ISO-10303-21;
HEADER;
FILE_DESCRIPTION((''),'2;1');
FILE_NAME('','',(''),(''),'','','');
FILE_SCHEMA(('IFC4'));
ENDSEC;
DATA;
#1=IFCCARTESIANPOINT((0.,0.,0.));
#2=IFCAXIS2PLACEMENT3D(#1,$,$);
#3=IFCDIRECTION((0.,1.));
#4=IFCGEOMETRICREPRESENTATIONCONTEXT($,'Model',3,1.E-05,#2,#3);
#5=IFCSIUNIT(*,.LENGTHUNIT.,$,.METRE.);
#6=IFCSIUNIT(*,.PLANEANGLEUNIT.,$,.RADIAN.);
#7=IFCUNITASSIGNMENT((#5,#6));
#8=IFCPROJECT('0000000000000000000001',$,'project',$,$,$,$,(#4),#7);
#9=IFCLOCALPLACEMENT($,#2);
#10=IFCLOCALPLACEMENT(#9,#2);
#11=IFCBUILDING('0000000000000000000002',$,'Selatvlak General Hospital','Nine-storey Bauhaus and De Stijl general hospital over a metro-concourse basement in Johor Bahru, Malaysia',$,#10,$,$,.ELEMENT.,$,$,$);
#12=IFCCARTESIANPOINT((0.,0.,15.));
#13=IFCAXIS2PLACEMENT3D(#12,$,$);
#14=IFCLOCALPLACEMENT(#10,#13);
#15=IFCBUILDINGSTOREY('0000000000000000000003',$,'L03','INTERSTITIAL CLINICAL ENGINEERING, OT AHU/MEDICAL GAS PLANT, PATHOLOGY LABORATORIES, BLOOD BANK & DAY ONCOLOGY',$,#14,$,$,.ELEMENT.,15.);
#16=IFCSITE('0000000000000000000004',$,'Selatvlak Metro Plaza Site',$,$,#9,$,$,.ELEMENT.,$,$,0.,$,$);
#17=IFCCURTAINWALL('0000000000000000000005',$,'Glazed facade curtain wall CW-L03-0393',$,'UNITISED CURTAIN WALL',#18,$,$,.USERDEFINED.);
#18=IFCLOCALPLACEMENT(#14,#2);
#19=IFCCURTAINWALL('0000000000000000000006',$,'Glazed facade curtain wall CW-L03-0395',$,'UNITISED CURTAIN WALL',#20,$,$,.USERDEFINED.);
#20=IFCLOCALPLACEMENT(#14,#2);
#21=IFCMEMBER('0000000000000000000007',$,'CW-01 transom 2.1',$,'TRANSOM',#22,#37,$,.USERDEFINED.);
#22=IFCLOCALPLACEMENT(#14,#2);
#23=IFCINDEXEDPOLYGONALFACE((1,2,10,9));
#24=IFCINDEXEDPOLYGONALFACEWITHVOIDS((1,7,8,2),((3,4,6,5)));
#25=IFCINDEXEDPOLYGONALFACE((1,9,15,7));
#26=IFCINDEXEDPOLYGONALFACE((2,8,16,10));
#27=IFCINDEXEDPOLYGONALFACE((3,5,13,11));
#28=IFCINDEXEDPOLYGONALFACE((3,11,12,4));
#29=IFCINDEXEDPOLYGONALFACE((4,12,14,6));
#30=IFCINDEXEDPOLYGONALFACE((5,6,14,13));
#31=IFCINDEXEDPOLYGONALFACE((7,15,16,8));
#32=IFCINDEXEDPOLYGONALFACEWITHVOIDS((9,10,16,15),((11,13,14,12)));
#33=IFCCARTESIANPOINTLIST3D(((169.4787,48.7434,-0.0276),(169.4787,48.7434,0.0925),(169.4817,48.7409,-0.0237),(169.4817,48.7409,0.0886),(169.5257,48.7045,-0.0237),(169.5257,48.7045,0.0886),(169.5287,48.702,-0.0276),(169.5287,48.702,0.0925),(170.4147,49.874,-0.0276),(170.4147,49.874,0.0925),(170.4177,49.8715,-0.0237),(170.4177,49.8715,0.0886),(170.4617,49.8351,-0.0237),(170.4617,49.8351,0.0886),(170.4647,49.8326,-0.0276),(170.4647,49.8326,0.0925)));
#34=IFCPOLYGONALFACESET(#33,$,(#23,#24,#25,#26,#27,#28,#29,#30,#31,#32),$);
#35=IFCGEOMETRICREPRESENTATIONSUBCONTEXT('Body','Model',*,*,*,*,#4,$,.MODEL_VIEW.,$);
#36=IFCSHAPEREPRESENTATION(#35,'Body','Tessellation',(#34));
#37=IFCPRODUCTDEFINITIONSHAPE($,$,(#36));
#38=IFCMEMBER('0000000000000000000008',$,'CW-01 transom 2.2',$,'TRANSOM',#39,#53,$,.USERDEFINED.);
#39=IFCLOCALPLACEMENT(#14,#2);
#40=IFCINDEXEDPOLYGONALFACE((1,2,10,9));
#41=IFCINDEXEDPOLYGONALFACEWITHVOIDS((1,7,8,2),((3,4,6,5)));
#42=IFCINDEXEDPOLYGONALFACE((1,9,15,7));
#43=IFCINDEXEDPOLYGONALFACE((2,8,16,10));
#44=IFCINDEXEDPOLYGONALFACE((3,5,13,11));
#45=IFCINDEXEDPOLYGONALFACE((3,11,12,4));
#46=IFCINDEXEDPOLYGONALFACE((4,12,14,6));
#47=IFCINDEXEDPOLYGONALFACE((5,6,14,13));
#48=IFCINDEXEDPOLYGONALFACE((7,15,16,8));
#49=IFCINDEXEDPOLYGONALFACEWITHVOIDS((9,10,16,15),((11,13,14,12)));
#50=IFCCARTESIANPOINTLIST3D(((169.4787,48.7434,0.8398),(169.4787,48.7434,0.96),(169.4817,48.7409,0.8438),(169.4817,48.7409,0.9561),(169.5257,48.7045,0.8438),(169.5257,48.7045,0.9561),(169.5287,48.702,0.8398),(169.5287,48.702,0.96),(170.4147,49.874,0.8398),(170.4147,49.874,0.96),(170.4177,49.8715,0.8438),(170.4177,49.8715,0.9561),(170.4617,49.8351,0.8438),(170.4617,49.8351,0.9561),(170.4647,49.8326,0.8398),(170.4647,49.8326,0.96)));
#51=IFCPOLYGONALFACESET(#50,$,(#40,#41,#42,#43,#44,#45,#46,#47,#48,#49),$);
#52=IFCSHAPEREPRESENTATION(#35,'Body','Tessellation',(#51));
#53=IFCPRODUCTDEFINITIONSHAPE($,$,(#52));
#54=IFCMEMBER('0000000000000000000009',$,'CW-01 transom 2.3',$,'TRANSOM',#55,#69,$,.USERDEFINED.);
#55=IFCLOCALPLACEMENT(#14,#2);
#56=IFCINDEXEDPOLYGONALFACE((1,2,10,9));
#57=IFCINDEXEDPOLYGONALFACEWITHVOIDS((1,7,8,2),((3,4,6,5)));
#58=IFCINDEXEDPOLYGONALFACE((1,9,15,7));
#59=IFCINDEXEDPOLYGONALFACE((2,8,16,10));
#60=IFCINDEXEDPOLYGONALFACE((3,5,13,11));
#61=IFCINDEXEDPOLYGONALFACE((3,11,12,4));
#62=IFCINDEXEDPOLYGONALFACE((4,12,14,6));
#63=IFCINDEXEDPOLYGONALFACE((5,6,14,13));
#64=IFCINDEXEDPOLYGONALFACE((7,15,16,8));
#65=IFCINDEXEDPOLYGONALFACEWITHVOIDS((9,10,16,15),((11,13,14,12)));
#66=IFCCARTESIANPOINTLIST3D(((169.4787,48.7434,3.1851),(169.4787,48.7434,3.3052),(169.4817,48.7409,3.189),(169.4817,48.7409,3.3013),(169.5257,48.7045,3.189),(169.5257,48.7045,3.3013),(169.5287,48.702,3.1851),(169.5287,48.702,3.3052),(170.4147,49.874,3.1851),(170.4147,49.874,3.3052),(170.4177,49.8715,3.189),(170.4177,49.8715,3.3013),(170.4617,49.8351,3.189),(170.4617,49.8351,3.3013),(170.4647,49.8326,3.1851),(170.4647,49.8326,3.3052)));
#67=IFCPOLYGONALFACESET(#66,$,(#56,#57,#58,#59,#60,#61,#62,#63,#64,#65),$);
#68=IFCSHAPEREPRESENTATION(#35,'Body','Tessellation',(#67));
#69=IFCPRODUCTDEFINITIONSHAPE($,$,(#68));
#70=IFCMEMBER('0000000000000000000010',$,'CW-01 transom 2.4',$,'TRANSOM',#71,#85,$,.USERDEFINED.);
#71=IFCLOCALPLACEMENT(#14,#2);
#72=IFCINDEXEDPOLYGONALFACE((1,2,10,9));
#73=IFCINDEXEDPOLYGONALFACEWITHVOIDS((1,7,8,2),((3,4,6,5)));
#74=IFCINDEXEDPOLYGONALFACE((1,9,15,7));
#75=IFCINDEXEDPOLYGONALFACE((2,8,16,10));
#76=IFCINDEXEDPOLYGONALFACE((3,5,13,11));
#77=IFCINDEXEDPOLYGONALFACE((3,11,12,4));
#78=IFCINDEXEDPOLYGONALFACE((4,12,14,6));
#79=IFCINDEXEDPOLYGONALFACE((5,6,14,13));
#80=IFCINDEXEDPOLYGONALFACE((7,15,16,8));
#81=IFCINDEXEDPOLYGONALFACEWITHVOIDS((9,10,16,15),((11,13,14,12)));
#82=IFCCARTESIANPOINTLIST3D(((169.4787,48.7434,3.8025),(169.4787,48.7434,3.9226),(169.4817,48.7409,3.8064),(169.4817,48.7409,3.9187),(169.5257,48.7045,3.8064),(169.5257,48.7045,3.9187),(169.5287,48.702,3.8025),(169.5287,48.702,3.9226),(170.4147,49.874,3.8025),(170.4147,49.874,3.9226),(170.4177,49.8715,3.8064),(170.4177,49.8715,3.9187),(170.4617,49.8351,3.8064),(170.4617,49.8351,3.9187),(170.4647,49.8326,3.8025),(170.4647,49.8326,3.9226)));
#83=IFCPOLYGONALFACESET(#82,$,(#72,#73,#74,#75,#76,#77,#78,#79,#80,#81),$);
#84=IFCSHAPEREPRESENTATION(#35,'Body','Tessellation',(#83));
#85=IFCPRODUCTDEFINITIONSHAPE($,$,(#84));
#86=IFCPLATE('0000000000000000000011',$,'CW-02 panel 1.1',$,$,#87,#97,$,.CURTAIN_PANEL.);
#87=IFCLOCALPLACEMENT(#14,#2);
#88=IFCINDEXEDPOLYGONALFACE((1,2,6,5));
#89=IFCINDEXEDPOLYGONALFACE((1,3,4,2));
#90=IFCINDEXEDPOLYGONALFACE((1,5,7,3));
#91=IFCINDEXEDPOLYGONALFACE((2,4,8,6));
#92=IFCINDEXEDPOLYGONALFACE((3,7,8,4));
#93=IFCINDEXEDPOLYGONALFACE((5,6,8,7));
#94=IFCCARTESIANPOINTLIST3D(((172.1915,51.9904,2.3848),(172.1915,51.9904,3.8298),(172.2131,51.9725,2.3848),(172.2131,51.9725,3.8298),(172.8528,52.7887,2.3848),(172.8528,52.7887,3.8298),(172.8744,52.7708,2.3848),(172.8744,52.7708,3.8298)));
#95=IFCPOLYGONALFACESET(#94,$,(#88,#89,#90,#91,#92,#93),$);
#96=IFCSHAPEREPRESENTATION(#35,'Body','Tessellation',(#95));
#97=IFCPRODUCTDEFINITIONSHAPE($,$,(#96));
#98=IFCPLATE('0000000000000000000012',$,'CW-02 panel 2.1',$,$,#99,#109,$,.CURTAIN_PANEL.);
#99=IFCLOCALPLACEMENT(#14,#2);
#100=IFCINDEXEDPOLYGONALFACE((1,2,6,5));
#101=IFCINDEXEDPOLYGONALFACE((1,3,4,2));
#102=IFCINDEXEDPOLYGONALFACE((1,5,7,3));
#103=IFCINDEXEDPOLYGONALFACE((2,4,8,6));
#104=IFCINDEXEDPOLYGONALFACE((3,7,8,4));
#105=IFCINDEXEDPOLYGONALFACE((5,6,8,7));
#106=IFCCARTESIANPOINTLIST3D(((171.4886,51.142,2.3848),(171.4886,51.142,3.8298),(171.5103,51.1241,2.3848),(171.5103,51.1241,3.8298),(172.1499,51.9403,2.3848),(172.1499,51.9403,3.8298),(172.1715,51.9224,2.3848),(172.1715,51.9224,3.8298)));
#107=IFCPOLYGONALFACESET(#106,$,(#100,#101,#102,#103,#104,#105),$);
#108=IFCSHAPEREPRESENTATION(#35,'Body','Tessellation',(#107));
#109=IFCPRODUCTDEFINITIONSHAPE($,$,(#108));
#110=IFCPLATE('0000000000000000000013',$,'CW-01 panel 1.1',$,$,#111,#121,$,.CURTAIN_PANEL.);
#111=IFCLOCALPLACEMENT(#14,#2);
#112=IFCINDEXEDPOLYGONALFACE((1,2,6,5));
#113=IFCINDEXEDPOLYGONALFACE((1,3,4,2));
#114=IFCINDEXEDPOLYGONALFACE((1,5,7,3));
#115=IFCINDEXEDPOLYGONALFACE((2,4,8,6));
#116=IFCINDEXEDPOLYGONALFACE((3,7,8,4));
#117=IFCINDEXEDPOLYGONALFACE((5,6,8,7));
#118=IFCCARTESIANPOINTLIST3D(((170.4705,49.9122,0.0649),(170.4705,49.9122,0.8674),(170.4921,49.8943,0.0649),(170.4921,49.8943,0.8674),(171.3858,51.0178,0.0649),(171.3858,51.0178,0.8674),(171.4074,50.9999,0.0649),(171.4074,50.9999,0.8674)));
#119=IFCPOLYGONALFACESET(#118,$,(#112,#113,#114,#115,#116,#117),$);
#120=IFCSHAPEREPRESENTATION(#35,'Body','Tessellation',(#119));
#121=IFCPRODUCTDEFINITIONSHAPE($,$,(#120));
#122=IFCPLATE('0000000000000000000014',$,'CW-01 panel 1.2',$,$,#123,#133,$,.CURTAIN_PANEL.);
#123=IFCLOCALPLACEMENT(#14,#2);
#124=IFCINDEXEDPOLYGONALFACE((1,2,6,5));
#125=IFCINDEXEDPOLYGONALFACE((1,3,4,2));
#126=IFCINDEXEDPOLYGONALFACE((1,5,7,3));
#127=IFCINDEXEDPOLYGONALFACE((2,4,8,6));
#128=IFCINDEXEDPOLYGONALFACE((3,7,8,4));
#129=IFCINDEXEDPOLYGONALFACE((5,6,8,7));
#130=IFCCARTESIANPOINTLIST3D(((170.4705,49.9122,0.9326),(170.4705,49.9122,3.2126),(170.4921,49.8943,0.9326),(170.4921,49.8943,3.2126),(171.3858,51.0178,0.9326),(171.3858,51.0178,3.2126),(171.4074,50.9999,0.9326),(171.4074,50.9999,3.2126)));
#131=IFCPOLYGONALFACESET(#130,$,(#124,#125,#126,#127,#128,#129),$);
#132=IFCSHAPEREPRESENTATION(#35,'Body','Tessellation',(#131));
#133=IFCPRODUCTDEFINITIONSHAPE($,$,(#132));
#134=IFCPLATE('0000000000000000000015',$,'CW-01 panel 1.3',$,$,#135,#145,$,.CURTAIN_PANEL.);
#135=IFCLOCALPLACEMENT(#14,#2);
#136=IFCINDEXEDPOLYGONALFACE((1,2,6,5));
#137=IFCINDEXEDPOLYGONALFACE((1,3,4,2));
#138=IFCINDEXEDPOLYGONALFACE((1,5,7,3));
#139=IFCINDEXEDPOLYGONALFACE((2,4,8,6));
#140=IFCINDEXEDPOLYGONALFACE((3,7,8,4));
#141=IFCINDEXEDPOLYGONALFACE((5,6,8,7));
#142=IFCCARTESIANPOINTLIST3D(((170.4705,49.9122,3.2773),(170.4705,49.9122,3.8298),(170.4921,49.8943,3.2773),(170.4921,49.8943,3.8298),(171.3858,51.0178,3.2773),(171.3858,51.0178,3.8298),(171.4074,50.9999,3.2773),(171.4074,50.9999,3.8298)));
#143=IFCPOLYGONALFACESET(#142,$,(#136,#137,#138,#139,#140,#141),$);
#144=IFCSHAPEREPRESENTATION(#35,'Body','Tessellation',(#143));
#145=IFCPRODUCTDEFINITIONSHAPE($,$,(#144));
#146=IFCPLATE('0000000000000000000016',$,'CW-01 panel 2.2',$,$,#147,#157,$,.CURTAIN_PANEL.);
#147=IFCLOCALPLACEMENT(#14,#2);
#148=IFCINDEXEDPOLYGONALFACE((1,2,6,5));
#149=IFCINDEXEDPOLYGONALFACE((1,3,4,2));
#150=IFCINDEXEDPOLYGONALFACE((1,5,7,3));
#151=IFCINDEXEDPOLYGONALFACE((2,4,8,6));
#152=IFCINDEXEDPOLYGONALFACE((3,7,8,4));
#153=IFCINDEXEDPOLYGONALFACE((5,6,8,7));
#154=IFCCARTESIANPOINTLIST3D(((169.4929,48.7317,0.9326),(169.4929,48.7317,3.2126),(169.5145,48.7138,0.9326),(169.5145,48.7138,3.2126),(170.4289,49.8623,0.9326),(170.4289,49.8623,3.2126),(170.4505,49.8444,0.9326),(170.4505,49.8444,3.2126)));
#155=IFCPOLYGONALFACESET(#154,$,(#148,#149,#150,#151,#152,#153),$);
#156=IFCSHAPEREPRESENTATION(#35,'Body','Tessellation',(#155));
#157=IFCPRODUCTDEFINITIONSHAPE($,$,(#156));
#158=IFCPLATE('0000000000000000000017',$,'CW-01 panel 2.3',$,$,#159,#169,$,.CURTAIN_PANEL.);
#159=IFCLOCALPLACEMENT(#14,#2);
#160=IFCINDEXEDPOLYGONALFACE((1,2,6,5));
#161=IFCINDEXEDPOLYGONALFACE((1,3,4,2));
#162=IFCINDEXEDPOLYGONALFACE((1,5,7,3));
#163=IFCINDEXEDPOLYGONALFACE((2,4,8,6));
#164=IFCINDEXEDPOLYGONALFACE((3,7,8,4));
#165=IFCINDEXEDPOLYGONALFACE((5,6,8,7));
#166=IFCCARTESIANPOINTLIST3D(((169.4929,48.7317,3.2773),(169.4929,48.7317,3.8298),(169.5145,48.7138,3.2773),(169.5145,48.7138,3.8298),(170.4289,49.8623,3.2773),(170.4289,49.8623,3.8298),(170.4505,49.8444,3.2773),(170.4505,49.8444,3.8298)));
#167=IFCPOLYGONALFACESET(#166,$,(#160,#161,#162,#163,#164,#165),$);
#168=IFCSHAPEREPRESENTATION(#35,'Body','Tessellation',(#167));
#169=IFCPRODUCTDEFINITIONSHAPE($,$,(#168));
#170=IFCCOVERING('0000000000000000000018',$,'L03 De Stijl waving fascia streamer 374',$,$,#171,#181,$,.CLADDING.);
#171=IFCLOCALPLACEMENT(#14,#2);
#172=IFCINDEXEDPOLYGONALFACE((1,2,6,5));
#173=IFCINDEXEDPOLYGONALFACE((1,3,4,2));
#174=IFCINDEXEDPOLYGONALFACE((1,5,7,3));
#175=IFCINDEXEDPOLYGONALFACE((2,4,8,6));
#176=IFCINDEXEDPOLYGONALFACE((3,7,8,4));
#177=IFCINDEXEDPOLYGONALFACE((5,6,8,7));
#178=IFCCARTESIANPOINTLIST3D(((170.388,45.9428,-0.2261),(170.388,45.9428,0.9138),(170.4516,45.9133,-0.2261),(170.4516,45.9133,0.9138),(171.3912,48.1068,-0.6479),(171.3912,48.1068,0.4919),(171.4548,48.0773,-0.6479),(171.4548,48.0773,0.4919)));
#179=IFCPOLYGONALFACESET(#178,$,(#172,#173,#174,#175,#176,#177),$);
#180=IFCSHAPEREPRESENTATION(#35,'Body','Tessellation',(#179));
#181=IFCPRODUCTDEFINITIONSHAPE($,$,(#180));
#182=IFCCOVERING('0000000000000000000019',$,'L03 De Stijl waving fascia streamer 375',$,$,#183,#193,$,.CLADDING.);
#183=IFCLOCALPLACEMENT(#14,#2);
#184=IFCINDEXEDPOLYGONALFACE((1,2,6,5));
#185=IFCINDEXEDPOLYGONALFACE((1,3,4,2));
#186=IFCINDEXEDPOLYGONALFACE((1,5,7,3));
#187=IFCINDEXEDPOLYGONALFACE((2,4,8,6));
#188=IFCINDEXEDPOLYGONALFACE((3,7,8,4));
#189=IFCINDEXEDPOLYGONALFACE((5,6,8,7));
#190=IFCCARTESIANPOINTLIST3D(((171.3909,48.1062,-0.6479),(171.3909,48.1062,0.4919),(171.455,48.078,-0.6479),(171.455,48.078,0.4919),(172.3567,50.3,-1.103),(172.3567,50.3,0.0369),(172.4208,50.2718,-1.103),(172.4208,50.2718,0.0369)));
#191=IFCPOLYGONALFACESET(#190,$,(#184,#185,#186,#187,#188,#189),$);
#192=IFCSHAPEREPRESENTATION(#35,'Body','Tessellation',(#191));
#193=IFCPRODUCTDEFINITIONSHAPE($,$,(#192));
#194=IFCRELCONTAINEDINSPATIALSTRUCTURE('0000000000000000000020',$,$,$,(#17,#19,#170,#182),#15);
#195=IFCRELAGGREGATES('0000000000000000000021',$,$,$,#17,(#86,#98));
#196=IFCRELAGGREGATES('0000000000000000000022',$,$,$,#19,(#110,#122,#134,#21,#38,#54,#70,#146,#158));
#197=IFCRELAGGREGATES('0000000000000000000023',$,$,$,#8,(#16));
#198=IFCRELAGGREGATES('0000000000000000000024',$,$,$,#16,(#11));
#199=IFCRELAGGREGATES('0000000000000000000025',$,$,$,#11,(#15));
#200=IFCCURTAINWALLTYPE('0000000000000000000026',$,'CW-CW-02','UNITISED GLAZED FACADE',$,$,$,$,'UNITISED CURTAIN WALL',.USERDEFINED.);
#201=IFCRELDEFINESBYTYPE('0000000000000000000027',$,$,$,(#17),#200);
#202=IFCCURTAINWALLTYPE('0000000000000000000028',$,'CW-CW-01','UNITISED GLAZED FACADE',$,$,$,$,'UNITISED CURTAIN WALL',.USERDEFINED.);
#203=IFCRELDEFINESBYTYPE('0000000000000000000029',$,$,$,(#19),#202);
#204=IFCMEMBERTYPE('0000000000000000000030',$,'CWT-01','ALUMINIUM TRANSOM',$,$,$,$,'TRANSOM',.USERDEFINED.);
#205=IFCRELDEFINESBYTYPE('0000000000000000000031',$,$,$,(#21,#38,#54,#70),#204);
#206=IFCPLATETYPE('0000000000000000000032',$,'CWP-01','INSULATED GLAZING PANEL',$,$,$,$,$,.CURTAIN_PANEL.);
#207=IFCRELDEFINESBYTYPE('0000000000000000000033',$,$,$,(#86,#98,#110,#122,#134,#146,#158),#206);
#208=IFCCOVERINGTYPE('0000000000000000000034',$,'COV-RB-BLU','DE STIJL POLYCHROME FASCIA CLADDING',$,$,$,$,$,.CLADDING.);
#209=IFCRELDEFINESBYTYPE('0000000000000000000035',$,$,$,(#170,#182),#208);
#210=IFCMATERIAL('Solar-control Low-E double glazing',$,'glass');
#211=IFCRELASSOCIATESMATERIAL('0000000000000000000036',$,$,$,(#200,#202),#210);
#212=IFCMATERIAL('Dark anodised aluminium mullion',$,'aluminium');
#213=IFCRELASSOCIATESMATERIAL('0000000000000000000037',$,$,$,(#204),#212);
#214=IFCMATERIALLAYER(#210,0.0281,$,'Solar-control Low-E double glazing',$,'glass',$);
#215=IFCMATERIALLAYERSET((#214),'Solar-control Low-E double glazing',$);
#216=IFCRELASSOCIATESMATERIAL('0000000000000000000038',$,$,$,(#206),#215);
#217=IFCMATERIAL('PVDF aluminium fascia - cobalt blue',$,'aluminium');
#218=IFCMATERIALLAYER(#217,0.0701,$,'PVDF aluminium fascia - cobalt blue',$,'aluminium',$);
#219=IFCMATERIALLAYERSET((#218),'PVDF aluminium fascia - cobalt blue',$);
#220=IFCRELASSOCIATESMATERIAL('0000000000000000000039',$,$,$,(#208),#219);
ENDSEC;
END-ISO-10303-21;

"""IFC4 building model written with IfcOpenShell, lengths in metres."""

from ifc_helpers import new_model, si_unit, direction, frame, origin, origin_2d, place, context, subcontext, project, spatial, polyline, rectangle, hollow_rectangle, outline, extrude, material, layer, layer_set, material_profile, profile_set, type_object, element, aggregate, save


model = new_model("IFC4")

# Units and contexts
model_context = context("Model", 3, precision=1e-05, world=origin(), true_north=direction((0.0, 1.0)))
body_context = subcontext(model_context, "Body", "Model", "MODEL_VIEW")
ifc_project = project(units=[si_unit("LENGTHUNIT", "METRE"), si_unit("PLANEANGLEUNIT", "RADIAN")], contexts=[model_context])

# Site, building, storey
site_placement = place(None, origin())
site = spatial("IfcSite", under=ifc_project, at=site_placement, Name="Selatvlak Metro Plaza Site", CompositionType="ELEMENT", RefElevation=0.0)
building_placement = place(site_placement, origin())
building = spatial("IfcBuilding", under=site, at=building_placement, Name="Selatvlak General Hospital", Description="Nine-storey Bauhaus and De Stijl general hospital over a metro-concourse basement in Johor Bahru, Malaysia", CompositionType="ELEMENT")
storey_placement = place(building_placement, frame((0.0, 0.0, 15.0)))
storey = spatial("IfcBuildingStorey", under=building, at=storey_placement, Name="L03", Description="INTERSTITIAL CLINICAL ENGINEERING, OT AHU/MEDICAL GAS PLANT, PATHOLOGY LABORATORIES, BLOOD BANK & DAY ONCOLOGY", CompositionType="ELEMENT", Elevation=15.0)

# Curtain walls
ifc_material_1 = material(Name="Solar-control Low-E double glazing", Category="glass")
curtain_wall_type_1 = type_object("IfcCurtainWallType", Name="CW-CW-02", Description="UNITISED GLAZED FACADE", ElementType="UNITISED CURTAIN WALL", PredefinedType="USERDEFINED", material=ifc_material_1)
curtain_wall_1_placement = place(storey_placement, origin())
curtain_wall_1 = element("IfcCurtainWall", 1, at=curtain_wall_1_placement, inside=storey, type_object=curtain_wall_type_1, Name="Glazed facade curtain wall CW-L03-0393", ObjectType="UNITISED CURTAIN WALL", PredefinedType="USERDEFINED")
ifc_material_2 = material(Name="Dark anodised aluminium mullion", Category="aluminium")
curtain_wall_type_2 = type_object("IfcCurtainWallType", Name="CW-CW-01", Description="UNITISED GLAZED FACADE", ElementType="UNITISED CURTAIN WALL", PredefinedType="USERDEFINED", material=ifc_material_1)
curtain_wall_2_placement = place(storey_placement, origin())
curtain_wall_2 = element("IfcCurtainWall", 2, at=curtain_wall_2_placement, inside=storey, type_object=curtain_wall_type_2, Name="Glazed facade curtain wall CW-L03-0395", ObjectType="UNITISED CURTAIN WALL", PredefinedType="USERDEFINED")

# Members
ifc_material_profile_1 = material_profile(ifc_material_2, hollow_rectangle(XDim=0.0649, YDim=0.1201, WallThickness=0.0039, at=origin_2d()), Name="AL-TRN 65x120x4")
ifc_profile_set_1 = profile_set([ifc_material_profile_1], Name="Dark anodised aluminium mullion")
member_type_1 = type_object("IfcMemberType", Name="CWT-01", Description="ALUMINIUM TRANSOM", ElementType="TRANSOM", PredefinedType="USERDEFINED", material=ifc_profile_set_1)
member_1_placement = place(storey_placement, frame((170.4397, 49.8533, 0.0325), z_axis=(-0.637711, -0.770276, 0.0), x_axis=(0.770276, -0.637711, 0.0)))
member_1 = element("IfcMember", 3, at=member_1_placement, type_object=member_type_1, Name="CW-01 transom 2.1", ObjectType="TRANSOM", PredefinedType="USERDEFINED", context=body_context, shape_type="SweptSolid", body=[
    extrude(hollow_rectangle(XDim=0.0649, YDim=0.1201, WallThickness=0.0039, at=origin_2d()), origin(), (0.0, 0.0, 1.0), 1.4678),
])
member_2_placement = place(storey_placement, frame((170.4397, 49.8533, 0.8999), z_axis=(-0.637711, -0.770276, 0.0), x_axis=(0.770276, -0.637711, 0.0)))
member_2 = element("IfcMember", 4, at=member_2_placement, type_object=member_type_1, Name="CW-01 transom 2.2", ObjectType="TRANSOM", PredefinedType="USERDEFINED", context=body_context, shape_type="SweptSolid", body=[
    extrude(hollow_rectangle(XDim=0.0649, YDim=0.1201, WallThickness=0.0039, at=origin_2d()), origin(), (0.0, 0.0, 1.0), 1.4678),
])
member_3_placement = place(storey_placement, frame((170.4397, 49.8533, 3.2451), z_axis=(-0.637711, -0.770276, 0.0), x_axis=(0.770276, -0.637711, 0.0)))
member_3 = element("IfcMember", 5, at=member_3_placement, type_object=member_type_1, Name="CW-01 transom 2.3", ObjectType="TRANSOM", PredefinedType="USERDEFINED", context=body_context, shape_type="SweptSolid", body=[
    extrude(hollow_rectangle(XDim=0.0649, YDim=0.1201, WallThickness=0.0039, at=origin_2d()), origin(), (0.0, 0.0, 1.0), 1.4678),
])
member_4_placement = place(storey_placement, frame((170.4397, 49.8533, 3.8625), z_axis=(-0.637711, -0.770276, 0.0), x_axis=(0.770276, -0.637711, 0.0)))
member_4 = element("IfcMember", 6, at=member_4_placement, type_object=member_type_1, Name="CW-01 transom 2.4", ObjectType="TRANSOM", PredefinedType="USERDEFINED", context=body_context, shape_type="SweptSolid", body=[
    extrude(hollow_rectangle(XDim=0.0649, YDim=0.1201, WallThickness=0.0039, at=origin_2d()), origin(), (0.0, 0.0, 1.0), 1.4678),
])

# Plates
ifc_layer_1 = layer(ifc_material_1, 0.0281, Name="Solar-control Low-E double glazing", Category="glass")
ifc_layer_set_1 = layer_set([ifc_layer_1], Name="Solar-control Low-E double glazing")
plate_type = type_object("IfcPlateType", Name="CWP-01", Description="INSULATED GLAZING PANEL", PredefinedType="CURTAIN_PANEL", material=ifc_layer_set_1)
plate_1_placement = place(storey_placement, frame((172.533, 52.3806, 2.3848), z_axis=(0.0, 0.0, 1.0), x_axis=(-0.637883, -0.770133, 0.0)))
plate_1 = element("IfcPlate", 7, at=plate_1_placement, type_object=plate_type, Name="CW-02 panel 1.1", PredefinedType="CURTAIN_PANEL", context=body_context, shape_type="SweptSolid", body=[
    extrude(rectangle(XDim=1.0366, YDim=0.0281, at=origin_2d()), origin(), (0.0, 0.0, 1.0), 1.4451),
])
plate_2_placement = place(storey_placement, frame((171.8301, 51.5322, 2.3848), z_axis=(0.0, 0.0, 1.0), x_axis=(-0.637883, -0.770133, 0.0)))
plate_2 = element("IfcPlate", 8, at=plate_2_placement, type_object=plate_type, Name="CW-02 panel 2.1", PredefinedType="CURTAIN_PANEL", context=body_context, shape_type="SweptSolid", body=[
    extrude(rectangle(XDim=1.0366, YDim=0.0281, at=origin_2d()), origin(), (0.0, 0.0, 1.0), 1.4451),
])
aggregate(curtain_wall_1, [plate_1, plate_2])
plate_3_placement = place(storey_placement, frame((170.939, 50.4561, 0.0649), z_axis=(0.0, 0.0, 1.0), x_axis=(-0.637721, -0.770267, 0.0)))
plate_3 = element("IfcPlate", 9, at=plate_3_placement, type_object=plate_type, Name="CW-01 panel 1.1", PredefinedType="CURTAIN_PANEL", context=body_context, shape_type="SweptSolid", body=[
    extrude(rectangle(XDim=1.4353, YDim=0.0281, at=origin_2d()), origin(), (0.0, 0.0, 1.0), 0.8025),
])
plate_4_placement = place(storey_placement, frame((170.939, 50.4561, 0.9326), z_axis=(0.0, 0.0, 1.0), x_axis=(-0.637721, -0.770267, 0.0)))
plate_4 = element("IfcPlate", 10, at=plate_4_placement, type_object=plate_type, Name="CW-01 panel 1.2", PredefinedType="CURTAIN_PANEL", context=body_context, shape_type="SweptSolid", body=[
    extrude(rectangle(XDim=1.4353, YDim=0.0281, at=origin_2d()), origin(), (0.0, 0.0, 1.0), 2.28),
])
plate_5_placement = place(storey_placement, frame((170.939, 50.4561, 3.2773), z_axis=(0.0, 0.0, 1.0), x_axis=(-0.637721, -0.770267, 0.0)))
plate_5 = element("IfcPlate", 11, at=plate_5_placement, type_object=plate_type, Name="CW-01 panel 1.3", PredefinedType="CURTAIN_PANEL", context=body_context, shape_type="SweptSolid", body=[
    extrude(rectangle(XDim=1.4353, YDim=0.0281, at=origin_2d()), origin(), (0.0, 0.0, 1.0), 0.5525),
])
plate_6_placement = place(storey_placement, frame((169.9717, 49.2881, 0.9326), z_axis=(0.0, 0.0, 1.0), x_axis=(-0.637721, -0.770267, 0.0)))
plate_6 = element("IfcPlate", 12, at=plate_6_placement, type_object=plate_type, Name="CW-01 panel 2.2", PredefinedType="CURTAIN_PANEL", context=body_context, shape_type="SweptSolid", body=[
    extrude(rectangle(XDim=1.4678, YDim=0.0281, at=origin_2d()), origin(), (0.0, 0.0, 1.0), 2.28),
])
plate_7_placement = place(storey_placement, frame((169.9717, 49.2881, 3.2773), z_axis=(0.0, 0.0, 1.0), x_axis=(-0.637721, -0.770267, 0.0)))
plate_7 = element("IfcPlate", 13, at=plate_7_placement, type_object=plate_type, Name="CW-01 panel 2.3", PredefinedType="CURTAIN_PANEL", context=body_context, shape_type="SweptSolid", body=[
    extrude(rectangle(XDim=1.4678, YDim=0.0281, at=origin_2d()), origin(), (0.0, 0.0, 1.0), 0.5525),
])
aggregate(curtain_wall_2, [plate_3, plate_4, plate_5, member_1, member_2, member_3, member_4, plate_6, plate_7])

# Coverings
ifc_material_3 = material(Name="PVDF aluminium fascia - cobalt blue", Category="aluminium")
ifc_layer_2 = layer(ifc_material_3, 0.0701, Name="PVDF aluminium fascia - cobalt blue", Category="aluminium")
ifc_layer_set_2 = layer_set([ifc_layer_2], Name="PVDF aluminium fascia - cobalt blue")
covering_type = type_object("IfcCoveringType", Name="COV-RB-BLU", Description="DE STIJL POLYCHROME FASCIA CLADDING", PredefinedType="CLADDING", material=ifc_layer_set_2)
covering_1_placement = place(storey_placement, frame((170.4199, 45.928, -0.2261), z_axis=(0.0, 0.0, 1.0), x_axis=(0.42057, 0.90726, 0.0)))
element("IfcCovering", 14, at=covering_1_placement, inside=storey, type_object=covering_type, Name="L03 De Stijl waving fascia streamer 374", PredefinedType="CLADDING", context=body_context, shape_type="SweptSolid", body=[
    extrude(outline(polyline([(0.0, 0.0), (2.3853, -0.4219), (2.3853, 0.718), (0.0, 1.1399), (0.0, 0.0)])), frame((0.0, 0.0352, 0.0), z_axis=(0.0, -1.0, 0.0), x_axis=(1.0, 0.0, 0.0)), (0.0, 0.0, 1.0), 0.0701),
])
covering_2_placement = place(storey_placement, frame((171.4231, 48.092, -0.6479), z_axis=(0.0, 0.0, 1.0), x_axis=(0.402923, 0.915234, 0.0)))
element("IfcCovering", 15, at=covering_2_placement, inside=storey, type_object=covering_type, Name="L03 De Stijl waving fascia streamer 375", PredefinedType="CLADDING", context=body_context, shape_type="SweptSolid", body=[
    extrude(outline(polyline([(0.0, 0.0), (2.397, -0.4551), (2.397, 0.6848), (0.0, 1.1399), (0.0, 0.0)])), frame((0.0, 0.0352, 0.0), z_axis=(0.0, -1.0, 0.0), x_axis=(1.0, 0.0, 0.0)), (0.0, 0.0, 1.0), 0.0701),
])

save(model, "model.ifc")
